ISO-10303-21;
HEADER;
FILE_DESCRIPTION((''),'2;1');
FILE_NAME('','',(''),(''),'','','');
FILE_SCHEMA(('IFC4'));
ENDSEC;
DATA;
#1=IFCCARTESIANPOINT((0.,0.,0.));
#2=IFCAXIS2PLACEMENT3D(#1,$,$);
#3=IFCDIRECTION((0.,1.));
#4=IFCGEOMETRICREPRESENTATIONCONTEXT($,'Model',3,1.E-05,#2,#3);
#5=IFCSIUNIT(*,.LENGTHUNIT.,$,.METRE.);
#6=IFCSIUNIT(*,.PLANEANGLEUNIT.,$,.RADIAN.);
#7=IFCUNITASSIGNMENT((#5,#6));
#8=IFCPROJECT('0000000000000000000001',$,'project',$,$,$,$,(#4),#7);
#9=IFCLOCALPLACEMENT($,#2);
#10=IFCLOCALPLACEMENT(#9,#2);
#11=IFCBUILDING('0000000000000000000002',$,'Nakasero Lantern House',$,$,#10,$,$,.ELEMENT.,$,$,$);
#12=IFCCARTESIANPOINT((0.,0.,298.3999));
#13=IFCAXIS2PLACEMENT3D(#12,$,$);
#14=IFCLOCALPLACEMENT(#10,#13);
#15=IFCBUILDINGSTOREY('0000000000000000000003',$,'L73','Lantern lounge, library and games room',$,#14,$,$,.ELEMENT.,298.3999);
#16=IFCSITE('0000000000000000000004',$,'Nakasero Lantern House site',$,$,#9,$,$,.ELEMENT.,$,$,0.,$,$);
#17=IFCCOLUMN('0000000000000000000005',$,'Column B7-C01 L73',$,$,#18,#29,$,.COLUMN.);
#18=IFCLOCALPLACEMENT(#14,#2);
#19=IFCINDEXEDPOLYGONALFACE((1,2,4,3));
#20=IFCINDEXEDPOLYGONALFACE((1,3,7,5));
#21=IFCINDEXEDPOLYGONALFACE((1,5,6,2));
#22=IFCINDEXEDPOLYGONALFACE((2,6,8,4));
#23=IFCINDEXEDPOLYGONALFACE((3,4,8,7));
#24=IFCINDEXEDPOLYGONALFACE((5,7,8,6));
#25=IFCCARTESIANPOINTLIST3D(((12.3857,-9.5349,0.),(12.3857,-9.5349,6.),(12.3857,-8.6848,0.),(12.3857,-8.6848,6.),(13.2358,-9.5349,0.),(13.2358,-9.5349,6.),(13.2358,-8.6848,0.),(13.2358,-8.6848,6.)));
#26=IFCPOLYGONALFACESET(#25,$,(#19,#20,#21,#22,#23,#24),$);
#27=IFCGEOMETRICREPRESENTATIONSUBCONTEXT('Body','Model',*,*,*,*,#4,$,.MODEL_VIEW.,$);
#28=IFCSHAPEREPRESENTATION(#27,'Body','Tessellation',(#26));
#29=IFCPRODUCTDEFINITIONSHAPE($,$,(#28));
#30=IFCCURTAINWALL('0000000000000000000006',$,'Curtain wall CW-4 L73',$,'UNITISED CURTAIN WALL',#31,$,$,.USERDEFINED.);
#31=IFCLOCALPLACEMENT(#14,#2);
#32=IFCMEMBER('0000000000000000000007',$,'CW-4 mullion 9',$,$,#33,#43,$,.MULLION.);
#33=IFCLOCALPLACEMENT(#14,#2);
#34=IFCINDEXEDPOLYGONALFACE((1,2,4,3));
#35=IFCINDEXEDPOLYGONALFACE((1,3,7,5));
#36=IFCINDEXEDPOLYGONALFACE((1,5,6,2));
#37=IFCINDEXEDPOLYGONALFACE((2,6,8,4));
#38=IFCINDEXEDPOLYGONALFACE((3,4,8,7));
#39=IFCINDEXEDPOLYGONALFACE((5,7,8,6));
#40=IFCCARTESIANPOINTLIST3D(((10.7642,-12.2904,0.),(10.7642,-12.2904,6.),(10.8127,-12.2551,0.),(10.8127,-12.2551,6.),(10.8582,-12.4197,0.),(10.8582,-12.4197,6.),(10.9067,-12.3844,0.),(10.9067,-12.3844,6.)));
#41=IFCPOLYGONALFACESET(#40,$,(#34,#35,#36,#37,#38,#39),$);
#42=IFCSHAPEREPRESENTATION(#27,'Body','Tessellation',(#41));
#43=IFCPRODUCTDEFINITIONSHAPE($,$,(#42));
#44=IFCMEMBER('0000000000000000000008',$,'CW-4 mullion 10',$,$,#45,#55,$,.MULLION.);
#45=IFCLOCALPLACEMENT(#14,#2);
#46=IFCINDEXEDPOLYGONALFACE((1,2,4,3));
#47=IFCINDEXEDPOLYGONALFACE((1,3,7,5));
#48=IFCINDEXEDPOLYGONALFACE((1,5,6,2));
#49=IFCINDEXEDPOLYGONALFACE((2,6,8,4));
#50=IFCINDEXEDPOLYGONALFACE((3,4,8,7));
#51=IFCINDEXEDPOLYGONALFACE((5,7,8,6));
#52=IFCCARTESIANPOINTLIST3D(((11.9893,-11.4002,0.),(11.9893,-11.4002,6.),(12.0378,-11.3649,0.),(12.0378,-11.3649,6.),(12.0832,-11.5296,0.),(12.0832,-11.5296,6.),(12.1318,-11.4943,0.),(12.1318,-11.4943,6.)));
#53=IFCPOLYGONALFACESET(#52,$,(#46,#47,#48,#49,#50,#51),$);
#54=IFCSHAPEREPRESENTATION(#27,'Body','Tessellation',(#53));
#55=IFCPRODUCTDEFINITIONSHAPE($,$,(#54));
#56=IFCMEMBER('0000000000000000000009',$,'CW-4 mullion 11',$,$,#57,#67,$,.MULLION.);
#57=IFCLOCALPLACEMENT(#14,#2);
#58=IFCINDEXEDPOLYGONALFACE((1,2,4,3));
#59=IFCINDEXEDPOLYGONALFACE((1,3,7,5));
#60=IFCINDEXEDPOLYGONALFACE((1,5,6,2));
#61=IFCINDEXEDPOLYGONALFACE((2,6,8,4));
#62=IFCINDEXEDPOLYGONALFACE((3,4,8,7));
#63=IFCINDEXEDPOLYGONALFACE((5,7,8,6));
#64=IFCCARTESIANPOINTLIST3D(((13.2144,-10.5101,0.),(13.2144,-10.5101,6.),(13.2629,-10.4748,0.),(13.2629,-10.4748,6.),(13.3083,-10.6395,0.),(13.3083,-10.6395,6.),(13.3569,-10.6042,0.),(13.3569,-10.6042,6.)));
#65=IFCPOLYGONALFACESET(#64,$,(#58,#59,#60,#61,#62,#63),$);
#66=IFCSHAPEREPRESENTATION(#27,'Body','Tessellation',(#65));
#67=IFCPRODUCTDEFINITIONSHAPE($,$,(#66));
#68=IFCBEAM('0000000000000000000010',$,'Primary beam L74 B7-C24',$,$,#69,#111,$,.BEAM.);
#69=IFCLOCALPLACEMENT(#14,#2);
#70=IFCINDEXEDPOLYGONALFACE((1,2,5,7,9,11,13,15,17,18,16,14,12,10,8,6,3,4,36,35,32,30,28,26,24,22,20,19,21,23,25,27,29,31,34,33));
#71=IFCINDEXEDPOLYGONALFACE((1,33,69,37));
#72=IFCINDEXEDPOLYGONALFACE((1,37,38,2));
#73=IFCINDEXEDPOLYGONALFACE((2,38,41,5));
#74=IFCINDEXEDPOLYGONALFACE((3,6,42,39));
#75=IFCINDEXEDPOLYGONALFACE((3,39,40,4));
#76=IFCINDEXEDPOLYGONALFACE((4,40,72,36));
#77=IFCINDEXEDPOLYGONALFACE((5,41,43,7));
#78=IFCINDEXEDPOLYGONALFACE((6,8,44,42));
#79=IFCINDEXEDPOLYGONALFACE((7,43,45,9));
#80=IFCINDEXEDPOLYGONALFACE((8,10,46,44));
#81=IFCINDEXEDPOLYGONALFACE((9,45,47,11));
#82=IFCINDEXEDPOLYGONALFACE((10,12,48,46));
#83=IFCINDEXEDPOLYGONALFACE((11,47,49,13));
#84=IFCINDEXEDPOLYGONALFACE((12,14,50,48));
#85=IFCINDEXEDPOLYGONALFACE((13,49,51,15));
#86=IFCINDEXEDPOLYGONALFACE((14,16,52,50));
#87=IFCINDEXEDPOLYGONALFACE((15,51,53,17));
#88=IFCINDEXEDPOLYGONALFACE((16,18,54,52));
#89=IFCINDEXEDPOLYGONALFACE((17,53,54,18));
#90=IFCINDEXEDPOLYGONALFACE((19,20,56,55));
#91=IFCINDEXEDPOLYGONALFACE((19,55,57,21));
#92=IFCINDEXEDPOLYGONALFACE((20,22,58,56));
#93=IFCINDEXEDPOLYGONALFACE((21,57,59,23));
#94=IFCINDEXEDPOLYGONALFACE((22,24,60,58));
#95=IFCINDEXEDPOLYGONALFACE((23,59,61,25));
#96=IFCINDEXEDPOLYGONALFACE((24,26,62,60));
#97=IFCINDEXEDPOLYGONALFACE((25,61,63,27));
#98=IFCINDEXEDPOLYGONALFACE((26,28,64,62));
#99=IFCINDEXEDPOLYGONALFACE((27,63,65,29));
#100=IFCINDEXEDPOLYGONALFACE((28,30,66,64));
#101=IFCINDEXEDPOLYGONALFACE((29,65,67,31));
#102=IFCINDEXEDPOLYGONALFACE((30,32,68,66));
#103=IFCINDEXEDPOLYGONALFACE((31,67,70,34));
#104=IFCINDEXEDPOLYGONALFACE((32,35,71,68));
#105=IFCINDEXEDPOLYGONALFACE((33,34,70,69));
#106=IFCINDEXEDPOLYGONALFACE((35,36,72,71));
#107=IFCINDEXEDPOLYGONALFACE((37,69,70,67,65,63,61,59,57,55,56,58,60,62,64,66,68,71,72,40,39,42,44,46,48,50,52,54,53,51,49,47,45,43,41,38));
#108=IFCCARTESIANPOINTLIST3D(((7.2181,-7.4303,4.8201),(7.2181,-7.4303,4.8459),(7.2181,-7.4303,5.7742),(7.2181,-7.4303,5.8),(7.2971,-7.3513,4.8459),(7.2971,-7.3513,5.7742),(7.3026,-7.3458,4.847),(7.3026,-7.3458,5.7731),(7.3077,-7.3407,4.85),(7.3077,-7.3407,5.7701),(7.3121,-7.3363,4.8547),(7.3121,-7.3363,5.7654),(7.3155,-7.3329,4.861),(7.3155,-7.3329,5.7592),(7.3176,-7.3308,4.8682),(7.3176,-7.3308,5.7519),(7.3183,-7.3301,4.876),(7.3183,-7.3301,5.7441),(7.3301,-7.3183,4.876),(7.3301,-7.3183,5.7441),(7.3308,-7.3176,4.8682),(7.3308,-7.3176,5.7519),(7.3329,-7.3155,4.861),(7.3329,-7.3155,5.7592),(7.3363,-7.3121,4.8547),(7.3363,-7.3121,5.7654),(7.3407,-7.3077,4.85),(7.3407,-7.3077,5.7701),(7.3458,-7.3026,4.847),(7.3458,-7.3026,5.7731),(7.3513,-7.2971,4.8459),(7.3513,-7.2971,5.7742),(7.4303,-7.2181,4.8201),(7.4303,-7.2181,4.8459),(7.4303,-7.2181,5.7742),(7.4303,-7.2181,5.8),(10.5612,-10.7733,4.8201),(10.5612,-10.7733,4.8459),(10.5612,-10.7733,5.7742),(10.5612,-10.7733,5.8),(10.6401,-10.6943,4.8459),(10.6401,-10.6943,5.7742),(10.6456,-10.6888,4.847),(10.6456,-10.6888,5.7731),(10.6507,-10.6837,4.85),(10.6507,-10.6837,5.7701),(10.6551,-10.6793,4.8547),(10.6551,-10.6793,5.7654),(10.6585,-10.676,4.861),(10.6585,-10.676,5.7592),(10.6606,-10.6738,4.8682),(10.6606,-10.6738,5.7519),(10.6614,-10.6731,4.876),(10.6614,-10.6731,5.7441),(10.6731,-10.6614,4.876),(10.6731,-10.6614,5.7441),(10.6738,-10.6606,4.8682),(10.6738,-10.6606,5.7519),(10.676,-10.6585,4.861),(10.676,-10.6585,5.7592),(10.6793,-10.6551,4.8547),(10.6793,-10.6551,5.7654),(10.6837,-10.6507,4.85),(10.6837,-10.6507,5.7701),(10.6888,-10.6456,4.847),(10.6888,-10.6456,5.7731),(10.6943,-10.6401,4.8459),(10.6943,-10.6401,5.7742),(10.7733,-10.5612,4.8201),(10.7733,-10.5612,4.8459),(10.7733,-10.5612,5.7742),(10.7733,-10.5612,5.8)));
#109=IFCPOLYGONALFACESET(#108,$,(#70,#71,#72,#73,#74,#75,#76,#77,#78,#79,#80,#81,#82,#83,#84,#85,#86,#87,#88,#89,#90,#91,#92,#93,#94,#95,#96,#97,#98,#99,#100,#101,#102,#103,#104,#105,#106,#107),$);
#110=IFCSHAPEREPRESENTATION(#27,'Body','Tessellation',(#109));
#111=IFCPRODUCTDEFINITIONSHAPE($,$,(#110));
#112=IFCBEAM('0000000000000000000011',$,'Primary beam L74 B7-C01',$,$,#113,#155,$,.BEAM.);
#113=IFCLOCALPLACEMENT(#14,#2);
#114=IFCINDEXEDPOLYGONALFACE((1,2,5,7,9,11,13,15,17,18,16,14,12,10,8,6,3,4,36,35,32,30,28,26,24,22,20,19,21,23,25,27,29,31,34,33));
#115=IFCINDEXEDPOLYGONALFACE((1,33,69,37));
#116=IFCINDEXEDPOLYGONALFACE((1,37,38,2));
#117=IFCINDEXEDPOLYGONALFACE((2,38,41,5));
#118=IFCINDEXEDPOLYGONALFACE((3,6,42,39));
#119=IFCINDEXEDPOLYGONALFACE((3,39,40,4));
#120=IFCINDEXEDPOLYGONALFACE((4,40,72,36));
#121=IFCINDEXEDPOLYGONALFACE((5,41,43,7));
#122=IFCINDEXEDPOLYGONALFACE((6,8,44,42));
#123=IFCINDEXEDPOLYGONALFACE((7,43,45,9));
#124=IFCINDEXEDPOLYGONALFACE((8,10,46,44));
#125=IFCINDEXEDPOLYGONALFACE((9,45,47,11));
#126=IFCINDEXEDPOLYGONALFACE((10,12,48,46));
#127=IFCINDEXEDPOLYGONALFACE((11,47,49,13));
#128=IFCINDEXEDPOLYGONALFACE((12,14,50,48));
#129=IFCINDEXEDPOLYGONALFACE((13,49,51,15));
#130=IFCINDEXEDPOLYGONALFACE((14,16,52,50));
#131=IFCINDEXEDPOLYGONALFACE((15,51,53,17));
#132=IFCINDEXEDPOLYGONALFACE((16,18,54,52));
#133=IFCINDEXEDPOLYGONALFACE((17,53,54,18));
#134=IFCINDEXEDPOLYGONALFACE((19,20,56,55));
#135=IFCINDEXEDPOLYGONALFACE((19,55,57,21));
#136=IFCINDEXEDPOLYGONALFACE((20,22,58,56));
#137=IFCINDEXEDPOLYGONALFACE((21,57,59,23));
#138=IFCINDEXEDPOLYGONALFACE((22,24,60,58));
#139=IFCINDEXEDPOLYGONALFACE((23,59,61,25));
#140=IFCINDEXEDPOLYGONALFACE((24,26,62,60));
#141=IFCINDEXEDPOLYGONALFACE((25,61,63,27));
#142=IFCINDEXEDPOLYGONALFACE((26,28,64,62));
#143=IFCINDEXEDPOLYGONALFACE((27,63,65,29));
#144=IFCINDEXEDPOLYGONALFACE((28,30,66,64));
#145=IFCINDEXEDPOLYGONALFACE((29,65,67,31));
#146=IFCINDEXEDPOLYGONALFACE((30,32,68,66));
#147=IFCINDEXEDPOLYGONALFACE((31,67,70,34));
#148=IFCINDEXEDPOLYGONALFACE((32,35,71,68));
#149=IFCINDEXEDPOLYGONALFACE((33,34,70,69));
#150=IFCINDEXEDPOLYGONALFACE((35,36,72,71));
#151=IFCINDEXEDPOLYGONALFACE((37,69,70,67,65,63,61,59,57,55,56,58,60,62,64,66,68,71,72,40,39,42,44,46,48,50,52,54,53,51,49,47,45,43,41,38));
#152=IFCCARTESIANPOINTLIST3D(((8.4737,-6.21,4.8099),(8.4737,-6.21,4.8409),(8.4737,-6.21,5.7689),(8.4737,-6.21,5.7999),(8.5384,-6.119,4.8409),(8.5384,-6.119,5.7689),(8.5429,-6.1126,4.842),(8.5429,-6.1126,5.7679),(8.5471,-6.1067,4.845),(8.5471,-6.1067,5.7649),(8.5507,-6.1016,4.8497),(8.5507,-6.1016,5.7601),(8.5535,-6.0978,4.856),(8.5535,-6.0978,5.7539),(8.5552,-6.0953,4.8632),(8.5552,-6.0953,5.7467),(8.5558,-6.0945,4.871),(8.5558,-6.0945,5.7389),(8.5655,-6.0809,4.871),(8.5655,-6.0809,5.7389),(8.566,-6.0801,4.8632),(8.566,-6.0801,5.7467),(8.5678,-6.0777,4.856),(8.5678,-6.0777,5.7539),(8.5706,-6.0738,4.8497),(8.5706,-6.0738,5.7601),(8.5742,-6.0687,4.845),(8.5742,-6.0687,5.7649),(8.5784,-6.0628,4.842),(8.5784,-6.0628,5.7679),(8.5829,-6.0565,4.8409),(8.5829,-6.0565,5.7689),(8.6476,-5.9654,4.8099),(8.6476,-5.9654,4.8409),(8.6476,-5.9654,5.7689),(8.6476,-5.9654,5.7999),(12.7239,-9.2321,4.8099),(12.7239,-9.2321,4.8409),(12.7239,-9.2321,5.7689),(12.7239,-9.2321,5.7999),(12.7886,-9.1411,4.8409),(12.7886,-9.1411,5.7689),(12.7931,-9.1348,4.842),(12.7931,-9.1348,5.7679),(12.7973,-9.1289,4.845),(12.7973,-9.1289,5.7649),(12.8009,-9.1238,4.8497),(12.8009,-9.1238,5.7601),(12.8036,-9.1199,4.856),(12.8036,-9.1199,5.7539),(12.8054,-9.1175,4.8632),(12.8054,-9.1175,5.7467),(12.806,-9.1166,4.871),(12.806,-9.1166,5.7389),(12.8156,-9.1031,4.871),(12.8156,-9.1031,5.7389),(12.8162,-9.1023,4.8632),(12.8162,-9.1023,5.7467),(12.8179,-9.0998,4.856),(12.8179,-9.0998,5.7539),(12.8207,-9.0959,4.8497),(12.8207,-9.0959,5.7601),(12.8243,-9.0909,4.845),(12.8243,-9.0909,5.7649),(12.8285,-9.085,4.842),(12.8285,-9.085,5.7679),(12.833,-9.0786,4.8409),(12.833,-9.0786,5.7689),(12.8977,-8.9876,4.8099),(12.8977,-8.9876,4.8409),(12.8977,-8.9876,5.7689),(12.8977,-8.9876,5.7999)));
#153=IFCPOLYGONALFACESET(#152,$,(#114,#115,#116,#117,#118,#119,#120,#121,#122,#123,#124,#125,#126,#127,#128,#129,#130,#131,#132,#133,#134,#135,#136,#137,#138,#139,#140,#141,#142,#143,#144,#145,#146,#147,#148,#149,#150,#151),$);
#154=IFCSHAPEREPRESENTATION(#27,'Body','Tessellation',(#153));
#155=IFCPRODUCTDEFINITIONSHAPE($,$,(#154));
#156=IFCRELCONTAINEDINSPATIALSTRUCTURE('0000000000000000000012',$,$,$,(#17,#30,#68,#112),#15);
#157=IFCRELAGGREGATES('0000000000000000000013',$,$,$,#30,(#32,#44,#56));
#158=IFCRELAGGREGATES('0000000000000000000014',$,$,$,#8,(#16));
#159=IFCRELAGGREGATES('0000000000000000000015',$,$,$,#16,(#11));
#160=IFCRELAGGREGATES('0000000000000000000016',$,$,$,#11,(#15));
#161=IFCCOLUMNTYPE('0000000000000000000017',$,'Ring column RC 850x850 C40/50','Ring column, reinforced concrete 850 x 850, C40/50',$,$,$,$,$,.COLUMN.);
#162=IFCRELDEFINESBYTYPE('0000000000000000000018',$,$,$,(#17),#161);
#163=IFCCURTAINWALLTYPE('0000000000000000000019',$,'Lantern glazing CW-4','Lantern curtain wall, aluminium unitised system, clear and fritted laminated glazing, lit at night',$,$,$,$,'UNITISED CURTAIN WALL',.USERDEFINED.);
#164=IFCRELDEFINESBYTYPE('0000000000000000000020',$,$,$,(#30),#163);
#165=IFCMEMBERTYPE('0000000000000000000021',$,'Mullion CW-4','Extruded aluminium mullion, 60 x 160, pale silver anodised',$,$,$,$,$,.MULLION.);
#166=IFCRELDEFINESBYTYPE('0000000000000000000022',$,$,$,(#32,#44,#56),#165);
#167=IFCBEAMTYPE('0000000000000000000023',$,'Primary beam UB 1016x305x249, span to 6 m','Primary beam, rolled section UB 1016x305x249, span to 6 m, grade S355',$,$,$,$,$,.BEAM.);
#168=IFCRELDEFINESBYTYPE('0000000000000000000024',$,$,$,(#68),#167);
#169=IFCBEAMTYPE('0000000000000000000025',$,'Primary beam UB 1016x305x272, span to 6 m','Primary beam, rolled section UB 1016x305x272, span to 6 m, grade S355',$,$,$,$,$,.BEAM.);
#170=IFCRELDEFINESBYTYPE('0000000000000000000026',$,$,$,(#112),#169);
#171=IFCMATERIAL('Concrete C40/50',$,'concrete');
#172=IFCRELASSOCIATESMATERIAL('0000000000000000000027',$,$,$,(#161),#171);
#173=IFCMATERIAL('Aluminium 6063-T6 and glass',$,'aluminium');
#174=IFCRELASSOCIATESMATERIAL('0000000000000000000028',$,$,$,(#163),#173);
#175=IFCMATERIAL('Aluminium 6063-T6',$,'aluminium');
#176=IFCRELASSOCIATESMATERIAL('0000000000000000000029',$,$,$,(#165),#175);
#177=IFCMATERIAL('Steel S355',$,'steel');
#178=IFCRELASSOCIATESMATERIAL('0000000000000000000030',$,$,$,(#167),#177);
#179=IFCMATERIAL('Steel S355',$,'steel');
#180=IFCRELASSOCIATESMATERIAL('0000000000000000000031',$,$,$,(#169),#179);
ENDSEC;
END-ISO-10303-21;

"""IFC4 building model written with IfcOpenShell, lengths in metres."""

from ifc_helpers import new_model, si_unit, direction, frame, origin, origin_2d, place, context, subcontext, project, spatial, rectangle, i_section, extrude, material, material_profile, profile_set, type_object, element, aggregate, save


model = new_model("IFC4")

# Units and contexts
model_context = context("Model", 3, precision=1e-05, world=origin(), true_north=direction((0.0, 1.0)))
body_context = subcontext(model_context, "Body", "Model", "MODEL_VIEW")
ifc_project = project(units=[si_unit("LENGTHUNIT", "METRE"), si_unit("PLANEANGLEUNIT", "RADIAN")], contexts=[model_context])

# Site, building, storey
site_placement = place(None, origin())
site = spatial("IfcSite", under=ifc_project, at=site_placement, Name="Nakasero Lantern House site", CompositionType="ELEMENT", RefElevation=0.0)
building_placement = place(site_placement, origin())
building = spatial("IfcBuilding", under=site, at=building_placement, Name="Nakasero Lantern House", CompositionType="ELEMENT")
storey_placement = place(building_placement, frame((0.0, 0.0, 298.3999)))
storey = spatial("IfcBuildingStorey", under=building, at=storey_placement, Name="L73", Description="Lantern lounge, library and games room", CompositionType="ELEMENT", Elevation=298.3999)

# Column
ifc_material_1 = material(Name="Concrete C40/50", Category="concrete")
ifc_material_profile_1 = material_profile(ifc_material_1, rectangle(XDim=0.8501, YDim=0.8501, at=origin_2d()), Name="RC 850x850")
ifc_profile_set_1 = profile_set([ifc_material_profile_1], Name="Concrete C40/50")
column_type = type_object("IfcColumnType", Name="Ring column RC 850x850 C40/50", Description="Ring column, reinforced concrete 850 x 850, C40/50", PredefinedType="COLUMN", material=ifc_profile_set_1)
column_placement = place(storey_placement, frame((12.8108, -9.1099, 0.0), z_axis=(0.0, 0.0, 1.0), x_axis=(1.0, 0.0, 0.0)))
element("IfcColumn", 1, at=column_placement, inside=storey, type_object=column_type, Name="Column B7-C01 L73", PredefinedType="COLUMN", context=body_context, shape_type="SweptSolid", body=[
    extrude(rectangle(XDim=0.8501, YDim=0.8501, at=origin_2d()), origin(), (0.0, 0.0, 1.0), 6.0),
])

# Curtain wall, members
ifc_material_2 = material(Name="Aluminium 6063-T6 and glass", Category="aluminium")
curtain_wall_type = type_object("IfcCurtainWallType", Name="Lantern glazing CW-4", Description="Lantern curtain wall, aluminium unitised system, clear and fritted laminated glazing, lit at night", ElementType="UNITISED CURTAIN WALL", PredefinedType="USERDEFINED", material=ifc_material_2)
curtain_wall_placement = place(storey_placement, origin())
curtain_wall = element("IfcCurtainWall", 2, at=curtain_wall_placement, inside=storey, type_object=curtain_wall_type, Name="Curtain wall CW-4 L73", ObjectType="UNITISED CURTAIN WALL", PredefinedType="USERDEFINED")
ifc_material_3 = material(Name="Aluminium 6063-T6", Category="aluminium")
ifc_material_profile_2 = material_profile(ifc_material_3, rectangle(XDim=0.0601, YDim=0.1599, at=origin_2d()), Name="CW-4 mullion 60x160")
ifc_profile_set_2 = profile_set([ifc_material_profile_2], Name="Aluminium 6063-T6")
member_type_1 = type_object("IfcMemberType", Name="Mullion CW-4", Description="Extruded aluminium mullion, 60 x 160, pale silver anodised", PredefinedType="MULLION", material=ifc_profile_set_2)
member_1_placement = place(storey_placement, frame((10.8354, -12.3374, 0.0), z_axis=(0.0, 0.0, 1.0), x_axis=(0.809017, 0.587785, 0.0)))
member_1 = element("IfcMember", 3, at=member_1_placement, type_object=member_type_1, Name="CW-4 mullion 9", PredefinedType="MULLION", context=body_context, shape_type="SweptSolid", body=[
    extrude(rectangle(XDim=0.0601, YDim=0.1599, at=origin_2d()), origin(), (0.0, 0.0, 1.0), 6.0),
])
member_2_placement = place(storey_placement, frame((12.0605, -11.4473, 0.0), z_axis=(0.0, 0.0, 1.0), x_axis=(0.809017, 0.587785, 0.0)))
member_2 = element("IfcMember", 4, at=member_2_placement, type_object=member_type_1, Name="CW-4 mullion 10", PredefinedType="MULLION", context=body_context, shape_type="SweptSolid", body=[
    extrude(rectangle(XDim=0.0601, YDim=0.1599, at=origin_2d()), origin(), (0.0, 0.0, 1.0), 6.0),
])
member_3_placement = place(storey_placement, frame((13.2856, -10.5571, 0.0), z_axis=(0.0, 0.0, 1.0), x_axis=(0.809017, 0.587785, 0.0)))
member_3 = element("IfcMember", 5, at=member_3_placement, type_object=member_type_1, Name="CW-4 mullion 11", PredefinedType="MULLION", context=body_context, shape_type="SweptSolid", body=[
    extrude(rectangle(XDim=0.0601, YDim=0.1599, at=origin_2d()), origin(), (0.0, 0.0, 1.0), 6.0),
])

# Beams
ifc_material_4 = material(Name="Steel S355", Category="steel")
ifc_material_profile_3 = material_profile(ifc_material_4, i_section(OverallWidth=0.3, OverallDepth=0.98, WebThickness=0.0166, FlangeThickness=0.0259, FilletRadius=0.03, at=origin_2d()), Name="UB 1016x305x249")
ifc_profile_set_3 = profile_set([ifc_material_profile_3], Name="Steel S355")
beam_type_1 = type_object("IfcBeamType", Name="Primary beam UB 1016x305x249, span to 6 m", Description="Primary beam, rolled section UB 1016x305x249, span to 6 m, grade S355", PredefinedType="BEAM", material=ifc_profile_set_3)
beam_1_placement = place(storey_placement, frame((10.6672, -10.6672, 5.3101), z_axis=(-0.707107, 0.707107, 0.0), x_axis=(-0.707107, -0.707107, 0.0)))
element("IfcBeam", 6, at=beam_1_placement, inside=storey, type_object=beam_type_1, Name="Primary beam L74 B7-C24", PredefinedType="BEAM", context=body_context, shape_type="SweptSolid", body=[
    extrude(i_section(OverallWidth=0.3, OverallDepth=0.98, WebThickness=0.0166, FlangeThickness=0.0259, FilletRadius=0.03, at=origin_2d()), origin(), (0.0, 0.0, 1.0), 4.7278),
])
ifc_material_5 = material(Name="Steel S355", Category="steel")
ifc_material_profile_4 = material_profile(ifc_material_5, i_section(OverallWidth=0.3, OverallDepth=0.99, WebThickness=0.0166, FlangeThickness=0.031, FilletRadius=0.03, at=origin_2d()), Name="UB 1016x305x272")
ifc_profile_set_4 = profile_set([ifc_material_profile_4], Name="Steel S355")
beam_type_2 = type_object("IfcBeamType", Name="Primary beam UB 1016x305x272, span to 6 m", Description="Primary beam, rolled section UB 1016x305x272, span to 6 m, grade S355", PredefinedType="BEAM", material=ifc_profile_set_4)
beam_2_placement = place(storey_placement, frame((12.8108, -9.1099, 5.3049), z_axis=(-0.814972, 0.579501, 0.0), x_axis=(-0.579501, -0.814972, 0.0)))
element("IfcBeam", 7, at=beam_2_placement, inside=storey, type_object=beam_type_2, Name="Primary beam L74 B7-C01", PredefinedType="BEAM", context=body_context, shape_type="SweptSolid", body=[
    extrude(i_section(OverallWidth=0.3, OverallDepth=0.99, WebThickness=0.0166, FlangeThickness=0.031, FilletRadius=0.03, at=origin_2d()), origin(), (0.0, 0.0, 1.0), 5.2151),
])

aggregate(curtain_wall, [member_1, member_2, member_3])

save(model, "model.ifc")
